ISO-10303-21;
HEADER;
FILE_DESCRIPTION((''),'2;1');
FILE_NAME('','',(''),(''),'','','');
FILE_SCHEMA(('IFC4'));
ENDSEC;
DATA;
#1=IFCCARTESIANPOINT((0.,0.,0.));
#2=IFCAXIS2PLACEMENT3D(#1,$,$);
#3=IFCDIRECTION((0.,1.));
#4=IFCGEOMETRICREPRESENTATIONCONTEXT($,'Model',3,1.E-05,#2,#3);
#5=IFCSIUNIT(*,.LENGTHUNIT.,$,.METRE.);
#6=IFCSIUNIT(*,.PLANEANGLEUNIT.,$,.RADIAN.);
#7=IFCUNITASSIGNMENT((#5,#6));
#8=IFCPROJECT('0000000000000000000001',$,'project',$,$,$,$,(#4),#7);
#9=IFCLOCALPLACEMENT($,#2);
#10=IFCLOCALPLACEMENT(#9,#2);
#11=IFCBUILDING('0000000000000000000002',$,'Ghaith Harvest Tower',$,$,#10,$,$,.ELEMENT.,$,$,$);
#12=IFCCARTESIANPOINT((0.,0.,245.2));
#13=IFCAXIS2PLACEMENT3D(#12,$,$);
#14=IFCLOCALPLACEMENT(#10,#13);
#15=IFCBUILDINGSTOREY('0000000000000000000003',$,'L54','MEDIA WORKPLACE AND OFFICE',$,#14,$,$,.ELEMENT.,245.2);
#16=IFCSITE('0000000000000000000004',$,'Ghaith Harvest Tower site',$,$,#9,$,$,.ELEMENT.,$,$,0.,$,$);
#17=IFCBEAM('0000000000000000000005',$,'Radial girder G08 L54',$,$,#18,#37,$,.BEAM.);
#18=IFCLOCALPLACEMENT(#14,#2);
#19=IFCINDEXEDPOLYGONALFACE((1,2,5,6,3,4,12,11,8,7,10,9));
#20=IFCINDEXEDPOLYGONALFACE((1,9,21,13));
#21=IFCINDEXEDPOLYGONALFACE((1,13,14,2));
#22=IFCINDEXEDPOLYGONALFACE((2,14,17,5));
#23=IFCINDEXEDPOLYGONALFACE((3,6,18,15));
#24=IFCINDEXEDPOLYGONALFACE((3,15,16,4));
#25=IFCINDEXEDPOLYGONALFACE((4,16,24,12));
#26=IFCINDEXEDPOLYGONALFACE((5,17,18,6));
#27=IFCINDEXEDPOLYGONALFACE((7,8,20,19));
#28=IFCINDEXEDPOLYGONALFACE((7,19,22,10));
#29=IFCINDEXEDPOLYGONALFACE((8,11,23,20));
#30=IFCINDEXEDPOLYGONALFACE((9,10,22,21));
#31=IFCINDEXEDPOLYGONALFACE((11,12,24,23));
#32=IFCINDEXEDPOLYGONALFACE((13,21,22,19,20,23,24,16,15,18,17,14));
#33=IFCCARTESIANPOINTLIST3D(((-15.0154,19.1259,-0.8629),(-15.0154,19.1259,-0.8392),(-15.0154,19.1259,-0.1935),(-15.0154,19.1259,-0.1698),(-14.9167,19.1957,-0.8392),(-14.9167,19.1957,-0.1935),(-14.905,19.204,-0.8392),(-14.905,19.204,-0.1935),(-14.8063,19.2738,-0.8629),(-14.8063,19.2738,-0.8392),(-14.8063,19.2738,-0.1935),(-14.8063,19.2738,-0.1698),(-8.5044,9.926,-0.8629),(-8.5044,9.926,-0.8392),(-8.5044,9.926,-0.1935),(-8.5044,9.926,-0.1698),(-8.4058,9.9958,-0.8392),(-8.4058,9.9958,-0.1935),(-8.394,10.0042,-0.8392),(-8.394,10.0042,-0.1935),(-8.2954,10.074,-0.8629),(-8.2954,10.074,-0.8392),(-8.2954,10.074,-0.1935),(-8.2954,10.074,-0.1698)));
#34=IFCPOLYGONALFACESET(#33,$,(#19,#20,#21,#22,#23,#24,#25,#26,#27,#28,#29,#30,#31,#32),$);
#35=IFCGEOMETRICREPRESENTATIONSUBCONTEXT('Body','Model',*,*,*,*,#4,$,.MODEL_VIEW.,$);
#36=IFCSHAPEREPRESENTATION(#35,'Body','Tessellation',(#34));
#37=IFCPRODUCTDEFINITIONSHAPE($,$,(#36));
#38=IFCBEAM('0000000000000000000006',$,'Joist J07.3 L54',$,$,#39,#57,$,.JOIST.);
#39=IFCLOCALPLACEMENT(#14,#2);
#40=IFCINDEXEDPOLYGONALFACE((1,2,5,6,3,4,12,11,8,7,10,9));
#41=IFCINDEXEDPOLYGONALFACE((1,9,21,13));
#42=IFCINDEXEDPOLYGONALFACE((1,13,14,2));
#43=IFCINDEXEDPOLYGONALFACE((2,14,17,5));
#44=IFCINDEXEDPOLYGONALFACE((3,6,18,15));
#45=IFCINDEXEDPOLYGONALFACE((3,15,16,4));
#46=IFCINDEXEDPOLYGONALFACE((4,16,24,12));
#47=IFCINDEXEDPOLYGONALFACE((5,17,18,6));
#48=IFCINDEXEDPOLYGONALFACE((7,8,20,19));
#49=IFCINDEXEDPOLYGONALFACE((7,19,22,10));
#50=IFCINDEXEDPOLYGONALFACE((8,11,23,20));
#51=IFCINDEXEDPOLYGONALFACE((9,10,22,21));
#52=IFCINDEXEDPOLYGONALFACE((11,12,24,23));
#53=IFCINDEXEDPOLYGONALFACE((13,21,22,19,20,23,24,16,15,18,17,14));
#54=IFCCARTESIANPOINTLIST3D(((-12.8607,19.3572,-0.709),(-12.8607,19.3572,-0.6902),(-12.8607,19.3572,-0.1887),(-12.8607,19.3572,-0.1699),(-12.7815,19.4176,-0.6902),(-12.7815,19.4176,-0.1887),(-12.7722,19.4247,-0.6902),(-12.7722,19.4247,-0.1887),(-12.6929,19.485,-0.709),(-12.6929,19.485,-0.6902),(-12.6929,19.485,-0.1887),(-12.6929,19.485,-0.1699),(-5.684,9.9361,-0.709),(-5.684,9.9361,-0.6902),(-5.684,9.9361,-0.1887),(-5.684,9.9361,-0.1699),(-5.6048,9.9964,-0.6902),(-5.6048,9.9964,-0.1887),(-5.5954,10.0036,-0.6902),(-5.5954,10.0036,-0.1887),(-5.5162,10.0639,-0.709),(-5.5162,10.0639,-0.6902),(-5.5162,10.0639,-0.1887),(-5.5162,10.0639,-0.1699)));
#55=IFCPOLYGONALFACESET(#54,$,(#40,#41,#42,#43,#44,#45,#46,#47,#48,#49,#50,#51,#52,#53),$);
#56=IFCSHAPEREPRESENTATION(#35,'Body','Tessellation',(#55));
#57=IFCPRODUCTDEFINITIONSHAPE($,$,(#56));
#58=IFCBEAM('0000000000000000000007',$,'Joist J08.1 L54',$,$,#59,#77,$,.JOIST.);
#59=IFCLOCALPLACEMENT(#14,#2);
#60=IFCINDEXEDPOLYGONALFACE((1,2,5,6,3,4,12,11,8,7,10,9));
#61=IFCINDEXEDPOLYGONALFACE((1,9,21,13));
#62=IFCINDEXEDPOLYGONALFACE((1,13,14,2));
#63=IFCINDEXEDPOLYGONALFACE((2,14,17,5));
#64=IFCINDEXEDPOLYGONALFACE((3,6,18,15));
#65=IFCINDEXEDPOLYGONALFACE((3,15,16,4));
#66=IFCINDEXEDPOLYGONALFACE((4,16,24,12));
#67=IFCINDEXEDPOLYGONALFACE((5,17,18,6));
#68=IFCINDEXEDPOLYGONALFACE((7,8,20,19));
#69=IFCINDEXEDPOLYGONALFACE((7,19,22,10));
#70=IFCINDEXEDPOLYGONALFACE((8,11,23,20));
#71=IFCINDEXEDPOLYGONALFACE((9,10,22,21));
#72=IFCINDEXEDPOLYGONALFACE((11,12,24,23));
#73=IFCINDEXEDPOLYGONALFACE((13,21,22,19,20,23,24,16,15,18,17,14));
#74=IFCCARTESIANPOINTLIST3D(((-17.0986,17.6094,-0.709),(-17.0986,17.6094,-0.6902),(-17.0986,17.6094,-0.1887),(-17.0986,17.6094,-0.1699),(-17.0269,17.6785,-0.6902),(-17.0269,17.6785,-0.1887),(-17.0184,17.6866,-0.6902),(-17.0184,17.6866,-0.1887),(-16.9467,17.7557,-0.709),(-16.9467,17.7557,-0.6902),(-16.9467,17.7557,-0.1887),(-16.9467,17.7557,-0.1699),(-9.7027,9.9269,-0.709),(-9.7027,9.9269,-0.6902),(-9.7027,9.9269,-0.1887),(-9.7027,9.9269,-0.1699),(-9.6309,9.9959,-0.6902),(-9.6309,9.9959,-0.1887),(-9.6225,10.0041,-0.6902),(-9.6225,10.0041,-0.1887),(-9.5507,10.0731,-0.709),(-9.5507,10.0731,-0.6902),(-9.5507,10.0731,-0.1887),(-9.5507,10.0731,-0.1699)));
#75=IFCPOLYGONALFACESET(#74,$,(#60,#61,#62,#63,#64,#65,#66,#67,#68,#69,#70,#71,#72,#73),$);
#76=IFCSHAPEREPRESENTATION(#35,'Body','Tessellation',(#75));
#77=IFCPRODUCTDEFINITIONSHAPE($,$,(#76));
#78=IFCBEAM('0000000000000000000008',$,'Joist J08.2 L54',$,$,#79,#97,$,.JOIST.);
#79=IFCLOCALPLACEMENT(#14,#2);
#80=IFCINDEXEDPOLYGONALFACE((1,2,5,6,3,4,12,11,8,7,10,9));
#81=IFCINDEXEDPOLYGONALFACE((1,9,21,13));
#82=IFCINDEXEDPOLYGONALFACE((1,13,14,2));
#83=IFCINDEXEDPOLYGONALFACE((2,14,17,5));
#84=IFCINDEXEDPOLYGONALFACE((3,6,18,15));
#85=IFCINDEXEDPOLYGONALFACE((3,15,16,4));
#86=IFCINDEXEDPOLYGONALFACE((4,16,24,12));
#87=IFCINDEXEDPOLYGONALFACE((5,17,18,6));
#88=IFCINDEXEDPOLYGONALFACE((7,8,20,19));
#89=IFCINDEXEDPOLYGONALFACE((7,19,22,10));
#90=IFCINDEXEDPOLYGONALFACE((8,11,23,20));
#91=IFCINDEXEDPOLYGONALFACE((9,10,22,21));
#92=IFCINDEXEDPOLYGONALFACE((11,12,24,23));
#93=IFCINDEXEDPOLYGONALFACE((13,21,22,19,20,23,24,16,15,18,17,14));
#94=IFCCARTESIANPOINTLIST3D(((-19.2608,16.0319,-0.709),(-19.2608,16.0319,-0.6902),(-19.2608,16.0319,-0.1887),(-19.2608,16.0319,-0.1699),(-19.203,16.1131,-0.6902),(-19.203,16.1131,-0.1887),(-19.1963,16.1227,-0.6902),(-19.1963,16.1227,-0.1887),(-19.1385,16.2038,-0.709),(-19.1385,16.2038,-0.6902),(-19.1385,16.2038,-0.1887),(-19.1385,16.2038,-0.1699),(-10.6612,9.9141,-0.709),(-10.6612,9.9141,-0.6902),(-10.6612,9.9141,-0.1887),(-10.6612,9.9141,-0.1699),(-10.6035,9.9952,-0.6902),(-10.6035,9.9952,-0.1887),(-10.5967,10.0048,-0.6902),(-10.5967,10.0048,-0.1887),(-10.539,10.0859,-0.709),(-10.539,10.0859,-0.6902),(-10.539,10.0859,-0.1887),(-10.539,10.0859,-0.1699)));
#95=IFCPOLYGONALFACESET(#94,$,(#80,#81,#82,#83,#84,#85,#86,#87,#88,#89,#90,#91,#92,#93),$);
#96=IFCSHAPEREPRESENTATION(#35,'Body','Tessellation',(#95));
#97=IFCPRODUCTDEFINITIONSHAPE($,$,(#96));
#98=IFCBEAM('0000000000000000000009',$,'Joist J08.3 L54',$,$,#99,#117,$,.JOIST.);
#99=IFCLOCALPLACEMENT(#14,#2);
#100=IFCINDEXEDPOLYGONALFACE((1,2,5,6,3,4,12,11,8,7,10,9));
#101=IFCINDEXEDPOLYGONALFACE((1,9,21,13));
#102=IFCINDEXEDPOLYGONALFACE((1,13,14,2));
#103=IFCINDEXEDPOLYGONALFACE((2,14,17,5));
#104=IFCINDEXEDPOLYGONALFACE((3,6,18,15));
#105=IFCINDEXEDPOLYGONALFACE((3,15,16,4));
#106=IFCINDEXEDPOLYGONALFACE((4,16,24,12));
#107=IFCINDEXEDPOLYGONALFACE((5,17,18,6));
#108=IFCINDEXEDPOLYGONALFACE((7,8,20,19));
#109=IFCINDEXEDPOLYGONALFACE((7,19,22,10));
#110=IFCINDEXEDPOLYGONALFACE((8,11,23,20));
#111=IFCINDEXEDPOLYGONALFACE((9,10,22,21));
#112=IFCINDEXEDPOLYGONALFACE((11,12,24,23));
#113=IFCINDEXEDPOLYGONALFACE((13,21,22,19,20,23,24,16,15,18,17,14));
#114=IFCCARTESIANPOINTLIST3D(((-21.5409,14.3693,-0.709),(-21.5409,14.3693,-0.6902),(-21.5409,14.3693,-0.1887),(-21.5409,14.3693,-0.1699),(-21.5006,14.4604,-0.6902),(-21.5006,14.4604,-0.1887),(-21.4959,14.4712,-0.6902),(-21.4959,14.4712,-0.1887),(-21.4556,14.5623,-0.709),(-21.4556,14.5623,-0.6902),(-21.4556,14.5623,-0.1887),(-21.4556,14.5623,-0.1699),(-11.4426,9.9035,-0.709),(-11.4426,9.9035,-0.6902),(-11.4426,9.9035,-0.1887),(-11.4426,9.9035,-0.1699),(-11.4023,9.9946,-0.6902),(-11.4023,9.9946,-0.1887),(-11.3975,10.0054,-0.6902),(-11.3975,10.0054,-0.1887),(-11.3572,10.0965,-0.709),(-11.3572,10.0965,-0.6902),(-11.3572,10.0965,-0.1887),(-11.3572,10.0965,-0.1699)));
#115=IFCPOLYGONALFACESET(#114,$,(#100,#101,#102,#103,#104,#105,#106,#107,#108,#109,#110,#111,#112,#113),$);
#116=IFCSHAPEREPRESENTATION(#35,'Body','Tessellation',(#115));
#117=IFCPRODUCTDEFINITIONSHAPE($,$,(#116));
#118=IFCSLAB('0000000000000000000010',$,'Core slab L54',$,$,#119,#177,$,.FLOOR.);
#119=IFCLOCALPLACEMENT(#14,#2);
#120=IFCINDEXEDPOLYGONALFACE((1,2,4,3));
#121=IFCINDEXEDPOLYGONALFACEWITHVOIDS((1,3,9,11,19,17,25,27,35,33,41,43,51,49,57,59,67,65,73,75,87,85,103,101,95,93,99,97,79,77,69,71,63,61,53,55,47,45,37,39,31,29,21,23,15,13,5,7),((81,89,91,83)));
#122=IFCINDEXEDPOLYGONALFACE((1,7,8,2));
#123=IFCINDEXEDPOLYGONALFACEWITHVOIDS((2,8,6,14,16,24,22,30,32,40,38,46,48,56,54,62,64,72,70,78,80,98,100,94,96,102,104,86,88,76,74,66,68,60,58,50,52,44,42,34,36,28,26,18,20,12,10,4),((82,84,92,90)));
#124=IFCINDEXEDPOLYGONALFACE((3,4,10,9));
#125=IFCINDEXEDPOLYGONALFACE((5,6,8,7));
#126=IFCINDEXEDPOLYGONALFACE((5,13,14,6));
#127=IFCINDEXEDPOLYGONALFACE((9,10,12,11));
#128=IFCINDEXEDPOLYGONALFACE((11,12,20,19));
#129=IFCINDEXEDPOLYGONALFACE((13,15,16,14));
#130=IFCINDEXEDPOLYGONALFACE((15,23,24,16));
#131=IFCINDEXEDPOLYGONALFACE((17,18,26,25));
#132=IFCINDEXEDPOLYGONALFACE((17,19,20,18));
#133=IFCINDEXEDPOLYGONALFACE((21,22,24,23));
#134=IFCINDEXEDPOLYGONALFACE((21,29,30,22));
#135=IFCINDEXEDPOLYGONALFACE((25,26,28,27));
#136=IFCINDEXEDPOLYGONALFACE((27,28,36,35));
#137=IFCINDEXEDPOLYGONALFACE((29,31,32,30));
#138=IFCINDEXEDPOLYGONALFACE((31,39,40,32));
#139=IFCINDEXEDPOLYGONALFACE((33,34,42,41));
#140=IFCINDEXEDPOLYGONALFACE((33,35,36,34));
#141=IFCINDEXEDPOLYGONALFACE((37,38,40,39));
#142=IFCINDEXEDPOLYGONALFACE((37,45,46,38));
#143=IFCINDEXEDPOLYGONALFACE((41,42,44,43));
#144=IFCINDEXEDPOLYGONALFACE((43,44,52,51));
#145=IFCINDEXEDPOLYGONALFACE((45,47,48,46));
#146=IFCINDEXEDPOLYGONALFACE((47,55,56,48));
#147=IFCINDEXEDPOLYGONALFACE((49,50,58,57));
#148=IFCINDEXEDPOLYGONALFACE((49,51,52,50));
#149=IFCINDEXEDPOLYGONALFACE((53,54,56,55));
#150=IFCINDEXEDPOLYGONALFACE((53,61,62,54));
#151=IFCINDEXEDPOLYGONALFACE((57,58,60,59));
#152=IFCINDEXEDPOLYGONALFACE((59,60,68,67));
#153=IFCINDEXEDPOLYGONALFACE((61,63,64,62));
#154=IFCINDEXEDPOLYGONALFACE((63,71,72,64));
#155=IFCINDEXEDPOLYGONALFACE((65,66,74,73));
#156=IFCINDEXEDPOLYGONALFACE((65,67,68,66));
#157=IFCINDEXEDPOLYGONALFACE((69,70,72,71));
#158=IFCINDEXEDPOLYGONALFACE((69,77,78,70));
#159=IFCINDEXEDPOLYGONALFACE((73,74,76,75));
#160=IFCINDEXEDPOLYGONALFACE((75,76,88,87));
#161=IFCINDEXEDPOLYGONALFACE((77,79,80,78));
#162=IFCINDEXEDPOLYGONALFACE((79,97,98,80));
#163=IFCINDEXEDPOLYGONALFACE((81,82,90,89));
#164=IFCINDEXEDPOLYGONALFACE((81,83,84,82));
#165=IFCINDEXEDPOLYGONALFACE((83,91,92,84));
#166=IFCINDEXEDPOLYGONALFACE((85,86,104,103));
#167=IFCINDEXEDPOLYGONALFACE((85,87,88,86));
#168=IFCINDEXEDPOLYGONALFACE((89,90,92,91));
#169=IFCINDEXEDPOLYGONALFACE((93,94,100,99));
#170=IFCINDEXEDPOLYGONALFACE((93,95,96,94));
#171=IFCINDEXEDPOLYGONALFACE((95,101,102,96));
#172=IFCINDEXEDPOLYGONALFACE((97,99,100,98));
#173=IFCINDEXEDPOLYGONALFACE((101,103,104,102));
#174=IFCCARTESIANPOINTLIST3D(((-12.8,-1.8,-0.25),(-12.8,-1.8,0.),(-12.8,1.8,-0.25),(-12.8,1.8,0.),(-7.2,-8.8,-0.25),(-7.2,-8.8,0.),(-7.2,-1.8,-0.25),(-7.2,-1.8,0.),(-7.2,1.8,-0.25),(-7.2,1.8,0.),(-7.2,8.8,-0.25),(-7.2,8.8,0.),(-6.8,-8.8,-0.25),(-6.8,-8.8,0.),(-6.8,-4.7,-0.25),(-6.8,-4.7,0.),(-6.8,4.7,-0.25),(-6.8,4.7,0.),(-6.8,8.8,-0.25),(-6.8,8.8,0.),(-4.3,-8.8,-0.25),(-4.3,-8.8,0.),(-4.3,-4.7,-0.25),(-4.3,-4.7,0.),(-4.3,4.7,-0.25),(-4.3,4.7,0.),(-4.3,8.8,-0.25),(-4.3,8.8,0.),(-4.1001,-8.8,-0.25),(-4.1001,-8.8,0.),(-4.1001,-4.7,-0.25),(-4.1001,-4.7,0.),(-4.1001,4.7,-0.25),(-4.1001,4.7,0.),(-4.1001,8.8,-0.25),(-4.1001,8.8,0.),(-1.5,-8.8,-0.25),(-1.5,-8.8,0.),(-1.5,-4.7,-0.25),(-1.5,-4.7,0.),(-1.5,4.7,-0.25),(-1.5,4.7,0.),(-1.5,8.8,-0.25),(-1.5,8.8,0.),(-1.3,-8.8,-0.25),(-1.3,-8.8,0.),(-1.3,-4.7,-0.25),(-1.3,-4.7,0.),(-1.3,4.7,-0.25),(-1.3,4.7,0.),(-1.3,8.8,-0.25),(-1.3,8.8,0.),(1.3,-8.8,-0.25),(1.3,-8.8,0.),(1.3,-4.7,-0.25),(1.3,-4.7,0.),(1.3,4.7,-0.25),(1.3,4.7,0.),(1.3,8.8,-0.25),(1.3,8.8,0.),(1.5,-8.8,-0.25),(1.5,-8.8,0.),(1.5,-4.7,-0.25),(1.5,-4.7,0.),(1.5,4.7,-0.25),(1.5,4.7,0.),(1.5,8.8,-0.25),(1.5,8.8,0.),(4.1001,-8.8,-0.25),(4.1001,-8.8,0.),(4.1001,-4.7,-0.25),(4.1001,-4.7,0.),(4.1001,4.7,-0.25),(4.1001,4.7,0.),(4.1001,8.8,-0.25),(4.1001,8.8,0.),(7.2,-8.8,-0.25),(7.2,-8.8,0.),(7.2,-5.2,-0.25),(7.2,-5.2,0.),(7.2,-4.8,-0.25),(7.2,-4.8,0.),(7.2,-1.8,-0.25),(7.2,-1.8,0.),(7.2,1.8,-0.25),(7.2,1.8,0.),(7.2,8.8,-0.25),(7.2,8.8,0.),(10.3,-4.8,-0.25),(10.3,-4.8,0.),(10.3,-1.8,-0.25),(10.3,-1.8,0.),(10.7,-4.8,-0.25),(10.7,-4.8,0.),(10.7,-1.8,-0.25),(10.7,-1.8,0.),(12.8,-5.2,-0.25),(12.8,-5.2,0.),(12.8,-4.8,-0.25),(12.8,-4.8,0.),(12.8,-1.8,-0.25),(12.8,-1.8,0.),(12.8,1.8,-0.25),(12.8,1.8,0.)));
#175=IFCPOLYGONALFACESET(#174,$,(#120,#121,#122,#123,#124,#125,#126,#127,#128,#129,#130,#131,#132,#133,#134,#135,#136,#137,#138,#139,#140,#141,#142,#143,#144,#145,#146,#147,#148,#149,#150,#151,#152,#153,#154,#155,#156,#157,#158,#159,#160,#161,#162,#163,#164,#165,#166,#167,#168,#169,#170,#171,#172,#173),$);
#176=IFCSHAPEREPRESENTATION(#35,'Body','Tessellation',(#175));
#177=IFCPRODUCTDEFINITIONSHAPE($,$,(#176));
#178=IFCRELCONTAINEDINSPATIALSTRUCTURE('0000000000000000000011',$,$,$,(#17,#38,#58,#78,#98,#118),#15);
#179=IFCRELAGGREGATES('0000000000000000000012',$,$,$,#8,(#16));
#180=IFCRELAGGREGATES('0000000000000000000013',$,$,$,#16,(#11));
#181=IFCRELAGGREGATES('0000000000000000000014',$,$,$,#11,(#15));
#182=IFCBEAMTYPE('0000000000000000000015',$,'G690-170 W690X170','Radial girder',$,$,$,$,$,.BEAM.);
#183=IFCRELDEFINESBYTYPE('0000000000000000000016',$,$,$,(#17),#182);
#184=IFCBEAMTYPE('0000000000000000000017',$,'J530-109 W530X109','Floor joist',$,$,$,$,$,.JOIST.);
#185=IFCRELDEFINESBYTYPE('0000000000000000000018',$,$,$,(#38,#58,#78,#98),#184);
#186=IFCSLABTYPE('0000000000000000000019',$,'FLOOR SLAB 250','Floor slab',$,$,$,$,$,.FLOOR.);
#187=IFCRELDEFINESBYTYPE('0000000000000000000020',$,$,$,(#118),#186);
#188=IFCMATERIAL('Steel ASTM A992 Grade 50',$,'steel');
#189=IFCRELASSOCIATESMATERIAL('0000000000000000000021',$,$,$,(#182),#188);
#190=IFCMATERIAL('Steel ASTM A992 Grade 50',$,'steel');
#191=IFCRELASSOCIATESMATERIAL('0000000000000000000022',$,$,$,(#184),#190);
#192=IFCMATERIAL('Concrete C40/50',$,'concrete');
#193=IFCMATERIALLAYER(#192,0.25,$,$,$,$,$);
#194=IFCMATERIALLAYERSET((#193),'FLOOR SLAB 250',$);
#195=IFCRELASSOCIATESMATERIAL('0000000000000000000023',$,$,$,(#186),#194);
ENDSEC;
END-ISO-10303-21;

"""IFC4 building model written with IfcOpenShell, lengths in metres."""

from ifc_helpers import new_model, si_unit, direction, frame, origin, origin_2d, place, context, subcontext, project, spatial, polyline, i_section, outline, extrude, material, layer, layer_set, material_profile, profile_set, type_object, element, save


model = new_model("IFC4")

# Units and contexts
model_context = context("Model", 3, precision=1e-05, world=origin(), true_north=direction((0.0, 1.0)))
body_context = subcontext(model_context, "Body", "Model", "MODEL_VIEW")
ifc_project = project(units=[si_unit("LENGTHUNIT", "METRE"), si_unit("PLANEANGLEUNIT", "RADIAN")], contexts=[model_context])

# Site, building, storey
site_placement = place(None, origin())
site = spatial("IfcSite", under=ifc_project, at=site_placement, Name="Ghaith Harvest Tower site", CompositionType="ELEMENT", RefElevation=0.0)
building_placement = place(site_placement, origin())
building = spatial("IfcBuilding", under=site, at=building_placement, Name="Ghaith Harvest Tower", CompositionType="ELEMENT")
storey_placement = place(building_placement, frame((0.0, 0.0, 245.2)))
storey = spatial("IfcBuildingStorey", under=building, at=storey_placement, Name="L54", Description="MEDIA WORKPLACE AND OFFICE", CompositionType="ELEMENT", Elevation=245.2)

# Beams
ifc_material_1 = material(Name="Steel ASTM A992 Grade 50", Category="steel")
ifc_material_profile_1 = material_profile(ifc_material_1, i_section(OverallWidth=0.2561, OverallDepth=0.6931, WebThickness=0.0144, FlangeThickness=0.0237, at=origin_2d()), Name="W690X170")
ifc_profile_set_1 = profile_set([ifc_material_profile_1], Name="Steel ASTM A992 Grade 50")
beam_type_1 = type_object("IfcBeamType", Name="G690-170 W690X170", Description="Radial girder", PredefinedType="BEAM", material=ifc_profile_set_1)
beam_1_placement = place(storey_placement, frame((-8.3999, 10.0, -0.5164), z_axis=(-0.577684, 0.816261, 0.0), x_axis=(-0.816261, -0.577684, 0.0)))
element("IfcBeam", 1, at=beam_1_placement, inside=storey, type_object=beam_type_1, Name="Radial girder G08 L54", PredefinedType="BEAM", context=body_context, shape_type="SweptSolid", body=[
    extrude(i_section(OverallWidth=0.2561, OverallDepth=0.6931, WebThickness=0.0144, FlangeThickness=0.0237, at=origin_2d()), origin(), (0.0, 0.0, 1.0), 11.2708),
])
ifc_material_2 = material(Name="Steel ASTM A992 Grade 50", Category="steel")
ifc_material_profile_2 = material_profile(ifc_material_2, i_section(OverallWidth=0.2109, OverallDepth=0.5391, WebThickness=0.0117, FlangeThickness=0.0188, at=origin_2d()), Name="W530X109")
ifc_profile_set_2 = profile_set([ifc_material_profile_2], Name="Steel ASTM A992 Grade 50")
beam_type_2 = type_object("IfcBeamType", Name="J530-109 W530X109", Description="Floor joist", PredefinedType="JOIST", material=ifc_profile_set_2)
beam_2_placement = place(storey_placement, frame((-5.6001, 10.0, -0.4395), z_axis=(-0.605976, 0.795483, 0.0), x_axis=(-0.795483, -0.605976, 0.0)))
element("IfcBeam", 2, at=beam_2_placement, inside=storey, type_object=beam_type_2, Name="Joist J07.3 L54", PredefinedType="JOIST", context=body_context, shape_type="SweptSolid", body=[
    extrude(i_section(OverallWidth=0.2109, OverallDepth=0.5391, WebThickness=0.0117, FlangeThickness=0.0188, at=origin_2d()), origin(), (0.0, 0.0, 1.0), 11.8433),
])
beam_3_placement = place(storey_placement, frame((-9.6267, 10.0, -0.4395), z_axis=(-0.69354, 0.720418, 0.0), x_axis=(-0.720418, -0.69354, 0.0)))
element("IfcBeam", 3, at=beam_3_placement, inside=storey, type_object=beam_type_2, Name="Joist J08.1 L54", PredefinedType="JOIST", context=body_context, shape_type="SweptSolid", body=[
    extrude(i_section(OverallWidth=0.2109, OverallDepth=0.5391, WebThickness=0.0117, FlangeThickness=0.0188, at=origin_2d()), origin(), (0.0, 0.0, 1.0), 10.6641),
])
beam_4_placement = place(storey_placement, frame((-10.6001, 10.0, -0.4395), z_axis=(-0.814837, 0.57969, 0.0), x_axis=(-0.57969, -0.814837, 0.0)))
element("IfcBeam", 4, at=beam_4_placement, inside=storey, type_object=beam_type_2, Name="Joist J08.2 L54", PredefinedType="JOIST", context=body_context, shape_type="SweptSolid", body=[
    extrude(i_section(OverallWidth=0.2109, OverallDepth=0.5391, WebThickness=0.0117, FlangeThickness=0.0188, at=origin_2d()), origin(), (0.0, 0.0, 1.0), 10.5537),
])
beam_5_placement = place(storey_placement, frame((-11.3999, 10.0, -0.4395), z_axis=(-0.914561, 0.404447, 0.0), x_axis=(-0.404447, -0.914561, 0.0)))
element("IfcBeam", 5, at=beam_5_placement, inside=storey, type_object=beam_type_2, Name="Joist J08.3 L54", PredefinedType="JOIST", context=body_context, shape_type="SweptSolid", body=[
    extrude(i_section(OverallWidth=0.2109, OverallDepth=0.5391, WebThickness=0.0117, FlangeThickness=0.0188, at=origin_2d()), origin(), (0.0, 0.0, 1.0), 11.0417),
])

# Slab
ifc_material_3 = material(Name="Concrete C40/50", Category="concrete")
ifc_layer_1 = layer(ifc_material_3, 0.25)
ifc_layer_set_1 = layer_set([ifc_layer_1], Name="FLOOR SLAB 250")
slab_type_1 = type_object("IfcSlabType", Name="FLOOR SLAB 250", Description="Floor slab", PredefinedType="FLOOR", material=ifc_layer_set_1)
slab_1_placement = place(storey_placement, frame((0.0, 0.0, -0.25)))
element("IfcSlab", 6, at=slab_1_placement, inside=storey, type_object=slab_type_1, Name="Core slab L54", PredefinedType="FLOOR", context=body_context, shape_type="SweptSolid", body=[
    extrude(outline(polyline([(-12.8, 1.8), (-7.2, 1.8), (-7.2, 8.8), (-6.8, 8.8), (-6.8, 4.7), (-4.3, 4.7), (-4.3, 8.8), (-4.1001, 8.8), (-4.1001, 4.7), (-1.5, 4.7), (-1.5, 8.8), (-1.3, 8.8), (-1.3, 4.7), (1.3, 4.7), (1.3, 8.8), (1.5, 8.8), (1.5, 4.7), (4.1001, 4.7), (4.1001, 8.8), (7.2, 8.8), (7.2, 1.8), (12.8, 1.8), (12.8, -1.8), (10.7, -1.8), (10.7, -4.8), (12.8, -4.8), (12.8, -5.2), (7.2, -5.2), (7.2, -8.8), (4.1001, -8.8), (4.1001, -4.7), (1.5, -4.7), (1.5, -8.8), (1.3, -8.8), (1.3, -4.7), (-1.3, -4.7), (-1.3, -8.8), (-1.5, -8.8), (-1.5, -4.7), (-4.1001, -4.7), (-4.1001, -8.8), (-4.3, -8.8), (-4.3, -4.7), (-6.8, -4.7), (-6.8, -8.8), (-7.2, -8.8), (-7.2, -1.8), (-12.8, -1.8), (-12.8, 1.8)]), holes=[polyline([(10.3, -4.8), (10.3, -1.8), (7.2, -1.8), (7.2, -4.8), (10.3, -4.8)])]), origin(), (0.0, 0.0, 1.0), 0.25),
])

save(model, "model.ifc")
